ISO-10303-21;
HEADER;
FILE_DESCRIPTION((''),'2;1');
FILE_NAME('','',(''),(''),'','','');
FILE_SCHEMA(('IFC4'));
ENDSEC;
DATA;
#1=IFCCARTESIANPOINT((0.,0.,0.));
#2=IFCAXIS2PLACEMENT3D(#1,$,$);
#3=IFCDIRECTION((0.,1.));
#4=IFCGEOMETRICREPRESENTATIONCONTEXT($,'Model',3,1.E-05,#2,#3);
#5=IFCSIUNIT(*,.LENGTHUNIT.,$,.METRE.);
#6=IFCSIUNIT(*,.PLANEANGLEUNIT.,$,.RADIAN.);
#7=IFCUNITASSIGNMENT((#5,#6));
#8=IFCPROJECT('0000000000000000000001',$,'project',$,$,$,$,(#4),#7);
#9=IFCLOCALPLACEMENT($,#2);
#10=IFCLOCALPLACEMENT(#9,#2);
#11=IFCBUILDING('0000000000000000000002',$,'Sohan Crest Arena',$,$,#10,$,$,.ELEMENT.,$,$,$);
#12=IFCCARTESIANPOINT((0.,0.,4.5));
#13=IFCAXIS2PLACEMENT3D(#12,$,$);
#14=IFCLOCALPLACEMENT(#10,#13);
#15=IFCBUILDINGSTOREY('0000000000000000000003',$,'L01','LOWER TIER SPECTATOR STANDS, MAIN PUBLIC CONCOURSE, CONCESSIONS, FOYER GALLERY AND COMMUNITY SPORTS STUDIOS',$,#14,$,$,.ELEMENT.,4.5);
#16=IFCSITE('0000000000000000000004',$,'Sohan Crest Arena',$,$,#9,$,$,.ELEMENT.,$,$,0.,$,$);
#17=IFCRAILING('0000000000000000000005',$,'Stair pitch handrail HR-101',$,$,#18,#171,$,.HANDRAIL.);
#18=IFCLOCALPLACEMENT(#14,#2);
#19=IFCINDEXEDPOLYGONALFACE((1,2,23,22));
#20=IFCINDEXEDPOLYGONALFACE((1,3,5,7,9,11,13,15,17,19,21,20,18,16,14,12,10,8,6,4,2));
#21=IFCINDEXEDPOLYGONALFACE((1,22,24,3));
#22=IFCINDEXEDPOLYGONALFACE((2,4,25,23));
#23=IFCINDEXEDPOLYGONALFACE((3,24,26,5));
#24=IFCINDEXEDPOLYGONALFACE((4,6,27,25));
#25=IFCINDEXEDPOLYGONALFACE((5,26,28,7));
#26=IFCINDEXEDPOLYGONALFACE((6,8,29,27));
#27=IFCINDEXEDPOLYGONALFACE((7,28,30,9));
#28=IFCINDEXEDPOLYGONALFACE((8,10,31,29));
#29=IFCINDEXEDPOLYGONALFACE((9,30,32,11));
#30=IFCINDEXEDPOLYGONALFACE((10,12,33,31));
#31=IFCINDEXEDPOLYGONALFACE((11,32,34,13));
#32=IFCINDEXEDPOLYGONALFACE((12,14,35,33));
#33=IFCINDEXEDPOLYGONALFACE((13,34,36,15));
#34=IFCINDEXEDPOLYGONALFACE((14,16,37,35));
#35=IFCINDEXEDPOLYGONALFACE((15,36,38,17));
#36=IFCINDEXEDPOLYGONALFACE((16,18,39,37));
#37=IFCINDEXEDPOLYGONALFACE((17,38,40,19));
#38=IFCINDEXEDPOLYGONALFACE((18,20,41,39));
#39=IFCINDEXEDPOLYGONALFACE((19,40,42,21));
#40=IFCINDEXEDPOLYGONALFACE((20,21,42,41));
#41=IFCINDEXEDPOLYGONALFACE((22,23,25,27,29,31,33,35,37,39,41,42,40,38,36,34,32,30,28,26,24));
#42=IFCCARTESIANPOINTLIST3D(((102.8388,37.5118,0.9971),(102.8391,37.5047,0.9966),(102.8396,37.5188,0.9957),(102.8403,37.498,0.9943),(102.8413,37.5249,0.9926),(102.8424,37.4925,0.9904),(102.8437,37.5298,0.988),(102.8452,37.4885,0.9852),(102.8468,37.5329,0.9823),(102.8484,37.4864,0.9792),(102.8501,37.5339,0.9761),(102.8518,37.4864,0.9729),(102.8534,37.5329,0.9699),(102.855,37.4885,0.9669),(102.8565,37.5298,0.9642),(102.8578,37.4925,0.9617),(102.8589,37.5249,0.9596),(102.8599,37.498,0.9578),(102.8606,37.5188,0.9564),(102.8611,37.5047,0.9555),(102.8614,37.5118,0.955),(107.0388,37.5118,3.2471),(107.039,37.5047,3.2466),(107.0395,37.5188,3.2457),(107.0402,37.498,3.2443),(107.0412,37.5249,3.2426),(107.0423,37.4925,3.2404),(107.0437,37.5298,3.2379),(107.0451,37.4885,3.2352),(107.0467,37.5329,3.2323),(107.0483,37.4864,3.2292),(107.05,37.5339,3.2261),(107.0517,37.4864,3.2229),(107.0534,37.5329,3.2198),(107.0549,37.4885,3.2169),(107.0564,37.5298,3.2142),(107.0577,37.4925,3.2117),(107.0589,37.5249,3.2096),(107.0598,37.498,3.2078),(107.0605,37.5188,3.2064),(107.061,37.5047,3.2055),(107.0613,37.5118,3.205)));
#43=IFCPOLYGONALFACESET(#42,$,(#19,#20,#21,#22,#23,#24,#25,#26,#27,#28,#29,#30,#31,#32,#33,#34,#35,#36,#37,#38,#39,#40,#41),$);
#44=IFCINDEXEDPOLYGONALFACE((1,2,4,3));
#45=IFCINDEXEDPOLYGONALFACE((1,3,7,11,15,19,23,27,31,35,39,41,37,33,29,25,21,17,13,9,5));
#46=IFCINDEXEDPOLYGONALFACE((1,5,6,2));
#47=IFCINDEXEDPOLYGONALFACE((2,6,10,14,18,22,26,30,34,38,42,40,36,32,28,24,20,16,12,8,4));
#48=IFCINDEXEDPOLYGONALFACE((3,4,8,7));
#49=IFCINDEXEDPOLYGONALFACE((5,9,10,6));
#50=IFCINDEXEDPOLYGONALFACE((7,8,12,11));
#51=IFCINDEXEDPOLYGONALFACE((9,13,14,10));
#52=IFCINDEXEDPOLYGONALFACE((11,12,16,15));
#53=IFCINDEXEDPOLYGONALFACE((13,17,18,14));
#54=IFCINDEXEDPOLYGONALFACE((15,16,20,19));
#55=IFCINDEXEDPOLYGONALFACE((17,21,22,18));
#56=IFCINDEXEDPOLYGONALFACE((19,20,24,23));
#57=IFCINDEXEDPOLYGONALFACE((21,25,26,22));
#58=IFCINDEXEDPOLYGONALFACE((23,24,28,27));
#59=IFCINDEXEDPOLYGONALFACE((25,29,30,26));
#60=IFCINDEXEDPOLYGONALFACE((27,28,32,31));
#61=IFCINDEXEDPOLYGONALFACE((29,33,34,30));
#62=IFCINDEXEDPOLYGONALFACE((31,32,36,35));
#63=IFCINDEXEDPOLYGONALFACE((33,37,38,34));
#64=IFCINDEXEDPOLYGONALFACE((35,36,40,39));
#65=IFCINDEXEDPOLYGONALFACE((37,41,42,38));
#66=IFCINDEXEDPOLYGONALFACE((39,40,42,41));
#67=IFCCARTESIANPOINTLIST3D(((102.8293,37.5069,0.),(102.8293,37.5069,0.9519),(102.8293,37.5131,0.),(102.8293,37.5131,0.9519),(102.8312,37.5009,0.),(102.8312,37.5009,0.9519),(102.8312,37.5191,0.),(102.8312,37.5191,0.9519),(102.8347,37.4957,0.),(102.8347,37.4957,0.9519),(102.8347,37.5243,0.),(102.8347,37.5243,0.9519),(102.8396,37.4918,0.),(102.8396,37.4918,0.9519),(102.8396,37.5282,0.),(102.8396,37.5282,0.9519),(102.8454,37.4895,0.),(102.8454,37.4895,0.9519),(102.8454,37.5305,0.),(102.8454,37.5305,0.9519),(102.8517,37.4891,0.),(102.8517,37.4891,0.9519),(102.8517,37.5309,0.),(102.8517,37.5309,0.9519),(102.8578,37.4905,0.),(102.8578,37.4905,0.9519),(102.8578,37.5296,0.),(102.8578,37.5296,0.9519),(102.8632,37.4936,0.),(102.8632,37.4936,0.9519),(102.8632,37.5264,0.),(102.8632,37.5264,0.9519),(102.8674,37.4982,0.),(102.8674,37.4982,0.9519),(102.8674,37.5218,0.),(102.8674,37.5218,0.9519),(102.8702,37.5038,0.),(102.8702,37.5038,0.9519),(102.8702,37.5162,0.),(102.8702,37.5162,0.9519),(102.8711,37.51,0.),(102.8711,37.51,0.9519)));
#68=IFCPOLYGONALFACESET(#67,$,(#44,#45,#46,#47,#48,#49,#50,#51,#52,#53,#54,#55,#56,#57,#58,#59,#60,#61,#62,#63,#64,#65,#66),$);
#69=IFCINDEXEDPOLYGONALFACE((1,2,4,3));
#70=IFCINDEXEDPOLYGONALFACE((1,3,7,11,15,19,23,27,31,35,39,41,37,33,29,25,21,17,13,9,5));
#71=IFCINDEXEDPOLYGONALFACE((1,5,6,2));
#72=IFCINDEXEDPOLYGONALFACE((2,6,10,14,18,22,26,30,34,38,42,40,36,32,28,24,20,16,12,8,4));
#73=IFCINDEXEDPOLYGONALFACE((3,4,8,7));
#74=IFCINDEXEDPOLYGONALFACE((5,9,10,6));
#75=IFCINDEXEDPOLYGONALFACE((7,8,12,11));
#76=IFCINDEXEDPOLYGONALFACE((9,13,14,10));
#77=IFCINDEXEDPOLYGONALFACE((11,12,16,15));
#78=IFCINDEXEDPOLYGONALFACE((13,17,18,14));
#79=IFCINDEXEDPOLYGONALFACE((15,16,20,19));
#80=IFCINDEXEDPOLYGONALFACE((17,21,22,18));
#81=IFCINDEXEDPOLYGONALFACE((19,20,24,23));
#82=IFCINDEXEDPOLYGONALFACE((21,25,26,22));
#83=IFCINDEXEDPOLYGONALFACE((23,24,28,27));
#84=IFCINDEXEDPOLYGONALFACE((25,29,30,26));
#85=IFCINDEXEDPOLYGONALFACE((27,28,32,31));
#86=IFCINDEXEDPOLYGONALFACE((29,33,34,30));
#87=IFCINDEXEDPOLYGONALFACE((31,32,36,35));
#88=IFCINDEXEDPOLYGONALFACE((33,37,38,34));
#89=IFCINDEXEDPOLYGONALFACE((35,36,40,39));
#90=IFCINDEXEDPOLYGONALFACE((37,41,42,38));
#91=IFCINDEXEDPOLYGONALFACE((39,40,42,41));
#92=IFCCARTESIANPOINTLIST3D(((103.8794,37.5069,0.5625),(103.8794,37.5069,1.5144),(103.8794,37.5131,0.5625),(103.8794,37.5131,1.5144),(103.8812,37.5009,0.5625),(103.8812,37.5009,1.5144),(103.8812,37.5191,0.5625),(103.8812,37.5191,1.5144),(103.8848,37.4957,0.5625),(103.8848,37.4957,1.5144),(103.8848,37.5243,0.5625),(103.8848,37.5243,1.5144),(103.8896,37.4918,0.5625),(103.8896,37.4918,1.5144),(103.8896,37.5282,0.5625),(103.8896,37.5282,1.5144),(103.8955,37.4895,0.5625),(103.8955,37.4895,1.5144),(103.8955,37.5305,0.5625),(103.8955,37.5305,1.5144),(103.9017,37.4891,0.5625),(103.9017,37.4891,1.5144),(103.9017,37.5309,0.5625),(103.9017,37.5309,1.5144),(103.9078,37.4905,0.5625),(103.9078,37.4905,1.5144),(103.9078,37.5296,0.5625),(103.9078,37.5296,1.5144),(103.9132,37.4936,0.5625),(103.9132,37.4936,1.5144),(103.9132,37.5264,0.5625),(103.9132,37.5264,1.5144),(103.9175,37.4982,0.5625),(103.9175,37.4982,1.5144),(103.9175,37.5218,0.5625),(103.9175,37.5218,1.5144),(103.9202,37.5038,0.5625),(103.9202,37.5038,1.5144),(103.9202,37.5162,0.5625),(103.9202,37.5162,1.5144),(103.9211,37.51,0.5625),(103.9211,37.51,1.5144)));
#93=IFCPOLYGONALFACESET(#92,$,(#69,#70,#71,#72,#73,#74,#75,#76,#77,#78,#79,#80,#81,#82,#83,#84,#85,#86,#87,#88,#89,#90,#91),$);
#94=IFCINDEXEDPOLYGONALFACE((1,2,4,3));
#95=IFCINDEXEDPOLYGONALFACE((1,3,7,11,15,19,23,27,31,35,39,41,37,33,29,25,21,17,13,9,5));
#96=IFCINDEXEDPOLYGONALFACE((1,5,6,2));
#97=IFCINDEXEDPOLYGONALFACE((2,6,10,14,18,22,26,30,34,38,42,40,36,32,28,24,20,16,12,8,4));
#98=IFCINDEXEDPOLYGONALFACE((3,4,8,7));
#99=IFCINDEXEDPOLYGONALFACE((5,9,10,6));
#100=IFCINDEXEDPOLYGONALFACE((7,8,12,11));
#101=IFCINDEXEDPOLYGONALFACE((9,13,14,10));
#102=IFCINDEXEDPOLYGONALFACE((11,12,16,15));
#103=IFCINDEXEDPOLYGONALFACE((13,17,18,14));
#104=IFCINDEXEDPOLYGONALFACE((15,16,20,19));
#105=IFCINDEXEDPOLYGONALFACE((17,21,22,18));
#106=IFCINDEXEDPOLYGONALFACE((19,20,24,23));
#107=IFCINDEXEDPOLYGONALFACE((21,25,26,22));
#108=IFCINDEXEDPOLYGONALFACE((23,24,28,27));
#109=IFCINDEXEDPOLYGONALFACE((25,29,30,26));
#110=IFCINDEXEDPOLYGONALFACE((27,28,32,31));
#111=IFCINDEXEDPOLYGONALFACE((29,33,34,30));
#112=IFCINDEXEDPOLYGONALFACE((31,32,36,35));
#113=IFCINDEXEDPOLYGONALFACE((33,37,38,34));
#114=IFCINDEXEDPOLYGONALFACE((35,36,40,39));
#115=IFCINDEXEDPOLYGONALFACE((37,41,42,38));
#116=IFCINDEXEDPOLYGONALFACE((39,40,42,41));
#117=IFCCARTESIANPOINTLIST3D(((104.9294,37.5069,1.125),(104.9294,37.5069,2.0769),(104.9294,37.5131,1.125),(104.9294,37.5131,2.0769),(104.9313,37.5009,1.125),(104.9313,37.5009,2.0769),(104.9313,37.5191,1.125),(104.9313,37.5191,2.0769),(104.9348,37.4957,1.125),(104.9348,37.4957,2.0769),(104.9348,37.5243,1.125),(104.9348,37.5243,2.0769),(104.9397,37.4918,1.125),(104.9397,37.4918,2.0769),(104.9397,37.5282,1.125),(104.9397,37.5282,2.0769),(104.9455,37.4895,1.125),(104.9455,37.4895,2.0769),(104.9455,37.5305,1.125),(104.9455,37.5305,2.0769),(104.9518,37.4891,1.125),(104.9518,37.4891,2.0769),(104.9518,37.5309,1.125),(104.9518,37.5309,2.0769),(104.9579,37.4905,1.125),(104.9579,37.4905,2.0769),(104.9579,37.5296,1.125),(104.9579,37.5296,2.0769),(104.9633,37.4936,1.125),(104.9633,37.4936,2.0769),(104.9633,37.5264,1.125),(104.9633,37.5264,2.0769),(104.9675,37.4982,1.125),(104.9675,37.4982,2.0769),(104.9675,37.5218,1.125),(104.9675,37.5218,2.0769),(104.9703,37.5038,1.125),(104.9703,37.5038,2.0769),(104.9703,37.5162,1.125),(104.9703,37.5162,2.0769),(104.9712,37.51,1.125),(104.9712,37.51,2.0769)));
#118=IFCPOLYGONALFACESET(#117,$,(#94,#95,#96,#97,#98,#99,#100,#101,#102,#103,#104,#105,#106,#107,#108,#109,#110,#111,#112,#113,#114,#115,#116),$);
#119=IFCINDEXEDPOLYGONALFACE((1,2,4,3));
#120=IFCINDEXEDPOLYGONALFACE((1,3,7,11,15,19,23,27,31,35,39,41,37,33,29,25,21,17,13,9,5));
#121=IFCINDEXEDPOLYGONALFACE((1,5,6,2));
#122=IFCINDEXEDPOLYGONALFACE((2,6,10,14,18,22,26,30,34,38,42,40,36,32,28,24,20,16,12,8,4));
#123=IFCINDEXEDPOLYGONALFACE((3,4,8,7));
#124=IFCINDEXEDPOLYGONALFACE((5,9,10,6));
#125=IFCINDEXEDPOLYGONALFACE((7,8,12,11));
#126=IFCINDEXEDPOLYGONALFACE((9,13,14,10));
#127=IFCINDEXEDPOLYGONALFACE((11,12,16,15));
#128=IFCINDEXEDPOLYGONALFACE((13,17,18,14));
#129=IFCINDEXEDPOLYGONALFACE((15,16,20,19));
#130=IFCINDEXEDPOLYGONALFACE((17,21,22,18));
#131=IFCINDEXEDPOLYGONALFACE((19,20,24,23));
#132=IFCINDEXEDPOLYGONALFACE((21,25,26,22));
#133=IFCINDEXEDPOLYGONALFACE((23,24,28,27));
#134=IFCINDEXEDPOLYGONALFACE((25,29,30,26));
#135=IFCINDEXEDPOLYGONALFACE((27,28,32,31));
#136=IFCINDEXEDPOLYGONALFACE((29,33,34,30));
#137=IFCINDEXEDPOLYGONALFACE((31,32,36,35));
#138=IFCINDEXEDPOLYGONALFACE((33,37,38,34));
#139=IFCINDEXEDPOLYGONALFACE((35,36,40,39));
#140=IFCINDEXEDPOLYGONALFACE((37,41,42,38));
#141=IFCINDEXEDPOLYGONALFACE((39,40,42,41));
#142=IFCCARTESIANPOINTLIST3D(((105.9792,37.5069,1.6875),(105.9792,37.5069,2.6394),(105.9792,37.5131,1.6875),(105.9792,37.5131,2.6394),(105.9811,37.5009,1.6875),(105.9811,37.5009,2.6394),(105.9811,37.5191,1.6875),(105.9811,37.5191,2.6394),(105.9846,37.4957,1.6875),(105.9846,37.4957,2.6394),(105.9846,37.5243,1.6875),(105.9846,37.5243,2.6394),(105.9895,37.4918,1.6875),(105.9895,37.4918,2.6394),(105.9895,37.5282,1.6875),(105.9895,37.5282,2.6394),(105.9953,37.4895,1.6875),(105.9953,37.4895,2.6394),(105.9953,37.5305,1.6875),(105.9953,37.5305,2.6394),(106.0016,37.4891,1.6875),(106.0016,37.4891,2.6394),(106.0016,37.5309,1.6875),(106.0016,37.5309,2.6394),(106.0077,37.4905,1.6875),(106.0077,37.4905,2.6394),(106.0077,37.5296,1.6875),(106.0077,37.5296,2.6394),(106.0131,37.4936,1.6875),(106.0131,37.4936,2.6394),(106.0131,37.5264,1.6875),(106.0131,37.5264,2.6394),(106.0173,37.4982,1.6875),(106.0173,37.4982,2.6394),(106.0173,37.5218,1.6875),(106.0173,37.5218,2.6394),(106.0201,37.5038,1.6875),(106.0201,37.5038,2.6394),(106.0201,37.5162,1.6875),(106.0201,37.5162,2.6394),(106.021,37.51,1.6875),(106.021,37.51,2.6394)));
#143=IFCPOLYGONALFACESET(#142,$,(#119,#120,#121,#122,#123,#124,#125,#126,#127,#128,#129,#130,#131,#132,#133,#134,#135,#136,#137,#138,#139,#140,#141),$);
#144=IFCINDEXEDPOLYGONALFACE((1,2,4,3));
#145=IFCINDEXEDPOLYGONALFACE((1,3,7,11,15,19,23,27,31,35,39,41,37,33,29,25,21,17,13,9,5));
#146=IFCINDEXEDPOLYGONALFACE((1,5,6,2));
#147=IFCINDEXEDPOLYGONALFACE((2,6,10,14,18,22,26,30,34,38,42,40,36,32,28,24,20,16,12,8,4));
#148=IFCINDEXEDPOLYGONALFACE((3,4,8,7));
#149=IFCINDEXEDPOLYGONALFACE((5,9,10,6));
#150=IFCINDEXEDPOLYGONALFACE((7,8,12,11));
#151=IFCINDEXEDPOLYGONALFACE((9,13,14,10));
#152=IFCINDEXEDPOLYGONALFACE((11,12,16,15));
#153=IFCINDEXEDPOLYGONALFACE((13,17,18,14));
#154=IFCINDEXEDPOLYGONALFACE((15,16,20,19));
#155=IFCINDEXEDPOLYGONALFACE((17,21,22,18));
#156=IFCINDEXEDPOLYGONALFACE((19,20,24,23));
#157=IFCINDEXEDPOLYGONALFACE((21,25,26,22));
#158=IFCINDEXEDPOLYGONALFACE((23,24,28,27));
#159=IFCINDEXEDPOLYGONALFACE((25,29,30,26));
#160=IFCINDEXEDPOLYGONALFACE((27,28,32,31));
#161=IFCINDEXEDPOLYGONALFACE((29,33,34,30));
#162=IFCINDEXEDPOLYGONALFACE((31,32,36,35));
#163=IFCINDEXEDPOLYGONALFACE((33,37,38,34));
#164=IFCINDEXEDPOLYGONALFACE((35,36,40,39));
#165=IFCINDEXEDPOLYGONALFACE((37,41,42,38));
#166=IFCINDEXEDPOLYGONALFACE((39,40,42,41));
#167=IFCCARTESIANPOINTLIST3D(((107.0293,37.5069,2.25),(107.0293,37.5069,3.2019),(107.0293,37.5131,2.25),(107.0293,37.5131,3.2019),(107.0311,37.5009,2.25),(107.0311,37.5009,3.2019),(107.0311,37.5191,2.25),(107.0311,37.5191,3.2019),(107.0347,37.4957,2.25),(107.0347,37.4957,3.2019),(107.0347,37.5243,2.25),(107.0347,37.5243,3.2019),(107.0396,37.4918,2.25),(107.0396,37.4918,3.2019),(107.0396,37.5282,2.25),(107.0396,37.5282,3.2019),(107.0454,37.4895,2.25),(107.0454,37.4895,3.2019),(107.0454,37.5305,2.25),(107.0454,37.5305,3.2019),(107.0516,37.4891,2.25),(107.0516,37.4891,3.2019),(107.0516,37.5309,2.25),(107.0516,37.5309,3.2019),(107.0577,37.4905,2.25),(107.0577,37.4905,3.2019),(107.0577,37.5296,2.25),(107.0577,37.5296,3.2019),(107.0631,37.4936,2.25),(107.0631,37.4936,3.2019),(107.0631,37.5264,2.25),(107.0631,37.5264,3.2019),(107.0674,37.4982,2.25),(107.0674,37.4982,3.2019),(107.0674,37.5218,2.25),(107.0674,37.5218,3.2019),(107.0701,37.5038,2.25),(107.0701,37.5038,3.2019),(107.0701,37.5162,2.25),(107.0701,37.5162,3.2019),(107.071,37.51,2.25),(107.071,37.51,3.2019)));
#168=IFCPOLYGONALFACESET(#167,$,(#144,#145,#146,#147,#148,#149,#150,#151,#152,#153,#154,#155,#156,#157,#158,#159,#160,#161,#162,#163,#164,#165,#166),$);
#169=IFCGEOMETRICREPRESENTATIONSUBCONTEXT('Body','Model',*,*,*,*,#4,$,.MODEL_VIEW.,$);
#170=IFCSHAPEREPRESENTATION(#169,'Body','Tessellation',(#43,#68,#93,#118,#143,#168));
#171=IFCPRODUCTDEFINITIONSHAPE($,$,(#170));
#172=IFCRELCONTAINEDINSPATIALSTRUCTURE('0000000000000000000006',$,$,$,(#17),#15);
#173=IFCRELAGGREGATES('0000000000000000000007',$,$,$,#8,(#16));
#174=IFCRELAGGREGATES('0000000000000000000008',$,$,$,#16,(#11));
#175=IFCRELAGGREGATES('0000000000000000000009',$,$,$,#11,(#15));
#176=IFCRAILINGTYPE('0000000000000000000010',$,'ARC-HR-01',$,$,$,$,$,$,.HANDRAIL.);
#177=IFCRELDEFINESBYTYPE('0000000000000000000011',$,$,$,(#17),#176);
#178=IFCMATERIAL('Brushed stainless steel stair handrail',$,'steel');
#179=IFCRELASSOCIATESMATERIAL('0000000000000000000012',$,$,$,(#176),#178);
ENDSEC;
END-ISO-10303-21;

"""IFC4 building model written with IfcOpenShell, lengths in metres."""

from ifc_helpers import new_model, si_unit, direction, frame, origin, origin_2d, place, context, subcontext, project, spatial, circle, extrude, material, type_object, element, save


model = new_model("IFC4")

# Units and contexts
model_context = context("Model", 3, precision=1e-05, world=origin(), true_north=direction((0.0, 1.0)))
body_context = subcontext(model_context, "Body", "Model", "MODEL_VIEW")
ifc_project = project(units=[si_unit("LENGTHUNIT", "METRE"), si_unit("PLANEANGLEUNIT", "RADIAN")], contexts=[model_context])

# Site, building, storey
site_placement = place(None, origin())
site = spatial("IfcSite", under=ifc_project, at=site_placement, Name="Sohan Crest Arena", CompositionType="ELEMENT", RefElevation=0.0)
building_placement = place(site_placement, origin())
building = spatial("IfcBuilding", under=site, at=building_placement, Name="Sohan Crest Arena", CompositionType="ELEMENT")
storey_placement = place(building_placement, frame((0.0, 0.0, 4.5)))
storey = spatial("IfcBuildingStorey", under=building, at=storey_placement, Name="L01", Description="LOWER TIER SPECTATOR STANDS, MAIN PUBLIC CONCOURSE, CONCESSIONS, FOYER GALLERY AND COMMUNITY SPORTS STUDIOS", CompositionType="ELEMENT", Elevation=4.5)

# Railing
ifc_material_1 = material(Name="Brushed stainless steel stair handrail", Category="steel")
railing_type_1 = type_object("IfcRailingType", Name="ARC-HR-01", PredefinedType="HANDRAIL", material=ifc_material_1)
for number, where, name in (
    (1, (102.8501, 37.51, 0.0), "Stair pitch handrail HR-101"),
):
    element("IfcRailing", number, at=place(storey_placement, frame(where)), inside=storey, type_object=railing_type_1, Name=name, PredefinedType="HANDRAIL", context=body_context, shape_type="SweptSolid", body=[
        extrude(circle(Radius=0.0239, at=origin_2d()), frame((0.0, 0.0, 0.9761), z_axis=(0.881478, 0.0, 0.472226), x_axis=(0.0, 1.0, 0.0)), (0.0, 0.0, 1.0), 4.7646),
        extrude(circle(Radius=0.021, at=origin_2d()), origin(), (0.0, 0.0, 1.0), 0.9519),
        extrude(circle(Radius=0.021, at=origin_2d()), frame((1.05, 0.0, 0.5625)), (0.0, 0.0, 1.0), 0.9519),
        extrude(circle(Radius=0.021, at=origin_2d()), frame((2.1001, 0.0, 1.125)), (0.0, 0.0, 1.0), 0.9519),
        extrude(circle(Radius=0.021, at=origin_2d()), frame((3.1499, 0.0, 1.6875)), (0.0, 0.0, 1.0), 0.9519),
        extrude(circle(Radius=0.021, at=origin_2d()), frame((4.2, 0.0, 2.25)), (0.0, 0.0, 1.0), 0.9519),
    ])

save(model, "model.ifc")
